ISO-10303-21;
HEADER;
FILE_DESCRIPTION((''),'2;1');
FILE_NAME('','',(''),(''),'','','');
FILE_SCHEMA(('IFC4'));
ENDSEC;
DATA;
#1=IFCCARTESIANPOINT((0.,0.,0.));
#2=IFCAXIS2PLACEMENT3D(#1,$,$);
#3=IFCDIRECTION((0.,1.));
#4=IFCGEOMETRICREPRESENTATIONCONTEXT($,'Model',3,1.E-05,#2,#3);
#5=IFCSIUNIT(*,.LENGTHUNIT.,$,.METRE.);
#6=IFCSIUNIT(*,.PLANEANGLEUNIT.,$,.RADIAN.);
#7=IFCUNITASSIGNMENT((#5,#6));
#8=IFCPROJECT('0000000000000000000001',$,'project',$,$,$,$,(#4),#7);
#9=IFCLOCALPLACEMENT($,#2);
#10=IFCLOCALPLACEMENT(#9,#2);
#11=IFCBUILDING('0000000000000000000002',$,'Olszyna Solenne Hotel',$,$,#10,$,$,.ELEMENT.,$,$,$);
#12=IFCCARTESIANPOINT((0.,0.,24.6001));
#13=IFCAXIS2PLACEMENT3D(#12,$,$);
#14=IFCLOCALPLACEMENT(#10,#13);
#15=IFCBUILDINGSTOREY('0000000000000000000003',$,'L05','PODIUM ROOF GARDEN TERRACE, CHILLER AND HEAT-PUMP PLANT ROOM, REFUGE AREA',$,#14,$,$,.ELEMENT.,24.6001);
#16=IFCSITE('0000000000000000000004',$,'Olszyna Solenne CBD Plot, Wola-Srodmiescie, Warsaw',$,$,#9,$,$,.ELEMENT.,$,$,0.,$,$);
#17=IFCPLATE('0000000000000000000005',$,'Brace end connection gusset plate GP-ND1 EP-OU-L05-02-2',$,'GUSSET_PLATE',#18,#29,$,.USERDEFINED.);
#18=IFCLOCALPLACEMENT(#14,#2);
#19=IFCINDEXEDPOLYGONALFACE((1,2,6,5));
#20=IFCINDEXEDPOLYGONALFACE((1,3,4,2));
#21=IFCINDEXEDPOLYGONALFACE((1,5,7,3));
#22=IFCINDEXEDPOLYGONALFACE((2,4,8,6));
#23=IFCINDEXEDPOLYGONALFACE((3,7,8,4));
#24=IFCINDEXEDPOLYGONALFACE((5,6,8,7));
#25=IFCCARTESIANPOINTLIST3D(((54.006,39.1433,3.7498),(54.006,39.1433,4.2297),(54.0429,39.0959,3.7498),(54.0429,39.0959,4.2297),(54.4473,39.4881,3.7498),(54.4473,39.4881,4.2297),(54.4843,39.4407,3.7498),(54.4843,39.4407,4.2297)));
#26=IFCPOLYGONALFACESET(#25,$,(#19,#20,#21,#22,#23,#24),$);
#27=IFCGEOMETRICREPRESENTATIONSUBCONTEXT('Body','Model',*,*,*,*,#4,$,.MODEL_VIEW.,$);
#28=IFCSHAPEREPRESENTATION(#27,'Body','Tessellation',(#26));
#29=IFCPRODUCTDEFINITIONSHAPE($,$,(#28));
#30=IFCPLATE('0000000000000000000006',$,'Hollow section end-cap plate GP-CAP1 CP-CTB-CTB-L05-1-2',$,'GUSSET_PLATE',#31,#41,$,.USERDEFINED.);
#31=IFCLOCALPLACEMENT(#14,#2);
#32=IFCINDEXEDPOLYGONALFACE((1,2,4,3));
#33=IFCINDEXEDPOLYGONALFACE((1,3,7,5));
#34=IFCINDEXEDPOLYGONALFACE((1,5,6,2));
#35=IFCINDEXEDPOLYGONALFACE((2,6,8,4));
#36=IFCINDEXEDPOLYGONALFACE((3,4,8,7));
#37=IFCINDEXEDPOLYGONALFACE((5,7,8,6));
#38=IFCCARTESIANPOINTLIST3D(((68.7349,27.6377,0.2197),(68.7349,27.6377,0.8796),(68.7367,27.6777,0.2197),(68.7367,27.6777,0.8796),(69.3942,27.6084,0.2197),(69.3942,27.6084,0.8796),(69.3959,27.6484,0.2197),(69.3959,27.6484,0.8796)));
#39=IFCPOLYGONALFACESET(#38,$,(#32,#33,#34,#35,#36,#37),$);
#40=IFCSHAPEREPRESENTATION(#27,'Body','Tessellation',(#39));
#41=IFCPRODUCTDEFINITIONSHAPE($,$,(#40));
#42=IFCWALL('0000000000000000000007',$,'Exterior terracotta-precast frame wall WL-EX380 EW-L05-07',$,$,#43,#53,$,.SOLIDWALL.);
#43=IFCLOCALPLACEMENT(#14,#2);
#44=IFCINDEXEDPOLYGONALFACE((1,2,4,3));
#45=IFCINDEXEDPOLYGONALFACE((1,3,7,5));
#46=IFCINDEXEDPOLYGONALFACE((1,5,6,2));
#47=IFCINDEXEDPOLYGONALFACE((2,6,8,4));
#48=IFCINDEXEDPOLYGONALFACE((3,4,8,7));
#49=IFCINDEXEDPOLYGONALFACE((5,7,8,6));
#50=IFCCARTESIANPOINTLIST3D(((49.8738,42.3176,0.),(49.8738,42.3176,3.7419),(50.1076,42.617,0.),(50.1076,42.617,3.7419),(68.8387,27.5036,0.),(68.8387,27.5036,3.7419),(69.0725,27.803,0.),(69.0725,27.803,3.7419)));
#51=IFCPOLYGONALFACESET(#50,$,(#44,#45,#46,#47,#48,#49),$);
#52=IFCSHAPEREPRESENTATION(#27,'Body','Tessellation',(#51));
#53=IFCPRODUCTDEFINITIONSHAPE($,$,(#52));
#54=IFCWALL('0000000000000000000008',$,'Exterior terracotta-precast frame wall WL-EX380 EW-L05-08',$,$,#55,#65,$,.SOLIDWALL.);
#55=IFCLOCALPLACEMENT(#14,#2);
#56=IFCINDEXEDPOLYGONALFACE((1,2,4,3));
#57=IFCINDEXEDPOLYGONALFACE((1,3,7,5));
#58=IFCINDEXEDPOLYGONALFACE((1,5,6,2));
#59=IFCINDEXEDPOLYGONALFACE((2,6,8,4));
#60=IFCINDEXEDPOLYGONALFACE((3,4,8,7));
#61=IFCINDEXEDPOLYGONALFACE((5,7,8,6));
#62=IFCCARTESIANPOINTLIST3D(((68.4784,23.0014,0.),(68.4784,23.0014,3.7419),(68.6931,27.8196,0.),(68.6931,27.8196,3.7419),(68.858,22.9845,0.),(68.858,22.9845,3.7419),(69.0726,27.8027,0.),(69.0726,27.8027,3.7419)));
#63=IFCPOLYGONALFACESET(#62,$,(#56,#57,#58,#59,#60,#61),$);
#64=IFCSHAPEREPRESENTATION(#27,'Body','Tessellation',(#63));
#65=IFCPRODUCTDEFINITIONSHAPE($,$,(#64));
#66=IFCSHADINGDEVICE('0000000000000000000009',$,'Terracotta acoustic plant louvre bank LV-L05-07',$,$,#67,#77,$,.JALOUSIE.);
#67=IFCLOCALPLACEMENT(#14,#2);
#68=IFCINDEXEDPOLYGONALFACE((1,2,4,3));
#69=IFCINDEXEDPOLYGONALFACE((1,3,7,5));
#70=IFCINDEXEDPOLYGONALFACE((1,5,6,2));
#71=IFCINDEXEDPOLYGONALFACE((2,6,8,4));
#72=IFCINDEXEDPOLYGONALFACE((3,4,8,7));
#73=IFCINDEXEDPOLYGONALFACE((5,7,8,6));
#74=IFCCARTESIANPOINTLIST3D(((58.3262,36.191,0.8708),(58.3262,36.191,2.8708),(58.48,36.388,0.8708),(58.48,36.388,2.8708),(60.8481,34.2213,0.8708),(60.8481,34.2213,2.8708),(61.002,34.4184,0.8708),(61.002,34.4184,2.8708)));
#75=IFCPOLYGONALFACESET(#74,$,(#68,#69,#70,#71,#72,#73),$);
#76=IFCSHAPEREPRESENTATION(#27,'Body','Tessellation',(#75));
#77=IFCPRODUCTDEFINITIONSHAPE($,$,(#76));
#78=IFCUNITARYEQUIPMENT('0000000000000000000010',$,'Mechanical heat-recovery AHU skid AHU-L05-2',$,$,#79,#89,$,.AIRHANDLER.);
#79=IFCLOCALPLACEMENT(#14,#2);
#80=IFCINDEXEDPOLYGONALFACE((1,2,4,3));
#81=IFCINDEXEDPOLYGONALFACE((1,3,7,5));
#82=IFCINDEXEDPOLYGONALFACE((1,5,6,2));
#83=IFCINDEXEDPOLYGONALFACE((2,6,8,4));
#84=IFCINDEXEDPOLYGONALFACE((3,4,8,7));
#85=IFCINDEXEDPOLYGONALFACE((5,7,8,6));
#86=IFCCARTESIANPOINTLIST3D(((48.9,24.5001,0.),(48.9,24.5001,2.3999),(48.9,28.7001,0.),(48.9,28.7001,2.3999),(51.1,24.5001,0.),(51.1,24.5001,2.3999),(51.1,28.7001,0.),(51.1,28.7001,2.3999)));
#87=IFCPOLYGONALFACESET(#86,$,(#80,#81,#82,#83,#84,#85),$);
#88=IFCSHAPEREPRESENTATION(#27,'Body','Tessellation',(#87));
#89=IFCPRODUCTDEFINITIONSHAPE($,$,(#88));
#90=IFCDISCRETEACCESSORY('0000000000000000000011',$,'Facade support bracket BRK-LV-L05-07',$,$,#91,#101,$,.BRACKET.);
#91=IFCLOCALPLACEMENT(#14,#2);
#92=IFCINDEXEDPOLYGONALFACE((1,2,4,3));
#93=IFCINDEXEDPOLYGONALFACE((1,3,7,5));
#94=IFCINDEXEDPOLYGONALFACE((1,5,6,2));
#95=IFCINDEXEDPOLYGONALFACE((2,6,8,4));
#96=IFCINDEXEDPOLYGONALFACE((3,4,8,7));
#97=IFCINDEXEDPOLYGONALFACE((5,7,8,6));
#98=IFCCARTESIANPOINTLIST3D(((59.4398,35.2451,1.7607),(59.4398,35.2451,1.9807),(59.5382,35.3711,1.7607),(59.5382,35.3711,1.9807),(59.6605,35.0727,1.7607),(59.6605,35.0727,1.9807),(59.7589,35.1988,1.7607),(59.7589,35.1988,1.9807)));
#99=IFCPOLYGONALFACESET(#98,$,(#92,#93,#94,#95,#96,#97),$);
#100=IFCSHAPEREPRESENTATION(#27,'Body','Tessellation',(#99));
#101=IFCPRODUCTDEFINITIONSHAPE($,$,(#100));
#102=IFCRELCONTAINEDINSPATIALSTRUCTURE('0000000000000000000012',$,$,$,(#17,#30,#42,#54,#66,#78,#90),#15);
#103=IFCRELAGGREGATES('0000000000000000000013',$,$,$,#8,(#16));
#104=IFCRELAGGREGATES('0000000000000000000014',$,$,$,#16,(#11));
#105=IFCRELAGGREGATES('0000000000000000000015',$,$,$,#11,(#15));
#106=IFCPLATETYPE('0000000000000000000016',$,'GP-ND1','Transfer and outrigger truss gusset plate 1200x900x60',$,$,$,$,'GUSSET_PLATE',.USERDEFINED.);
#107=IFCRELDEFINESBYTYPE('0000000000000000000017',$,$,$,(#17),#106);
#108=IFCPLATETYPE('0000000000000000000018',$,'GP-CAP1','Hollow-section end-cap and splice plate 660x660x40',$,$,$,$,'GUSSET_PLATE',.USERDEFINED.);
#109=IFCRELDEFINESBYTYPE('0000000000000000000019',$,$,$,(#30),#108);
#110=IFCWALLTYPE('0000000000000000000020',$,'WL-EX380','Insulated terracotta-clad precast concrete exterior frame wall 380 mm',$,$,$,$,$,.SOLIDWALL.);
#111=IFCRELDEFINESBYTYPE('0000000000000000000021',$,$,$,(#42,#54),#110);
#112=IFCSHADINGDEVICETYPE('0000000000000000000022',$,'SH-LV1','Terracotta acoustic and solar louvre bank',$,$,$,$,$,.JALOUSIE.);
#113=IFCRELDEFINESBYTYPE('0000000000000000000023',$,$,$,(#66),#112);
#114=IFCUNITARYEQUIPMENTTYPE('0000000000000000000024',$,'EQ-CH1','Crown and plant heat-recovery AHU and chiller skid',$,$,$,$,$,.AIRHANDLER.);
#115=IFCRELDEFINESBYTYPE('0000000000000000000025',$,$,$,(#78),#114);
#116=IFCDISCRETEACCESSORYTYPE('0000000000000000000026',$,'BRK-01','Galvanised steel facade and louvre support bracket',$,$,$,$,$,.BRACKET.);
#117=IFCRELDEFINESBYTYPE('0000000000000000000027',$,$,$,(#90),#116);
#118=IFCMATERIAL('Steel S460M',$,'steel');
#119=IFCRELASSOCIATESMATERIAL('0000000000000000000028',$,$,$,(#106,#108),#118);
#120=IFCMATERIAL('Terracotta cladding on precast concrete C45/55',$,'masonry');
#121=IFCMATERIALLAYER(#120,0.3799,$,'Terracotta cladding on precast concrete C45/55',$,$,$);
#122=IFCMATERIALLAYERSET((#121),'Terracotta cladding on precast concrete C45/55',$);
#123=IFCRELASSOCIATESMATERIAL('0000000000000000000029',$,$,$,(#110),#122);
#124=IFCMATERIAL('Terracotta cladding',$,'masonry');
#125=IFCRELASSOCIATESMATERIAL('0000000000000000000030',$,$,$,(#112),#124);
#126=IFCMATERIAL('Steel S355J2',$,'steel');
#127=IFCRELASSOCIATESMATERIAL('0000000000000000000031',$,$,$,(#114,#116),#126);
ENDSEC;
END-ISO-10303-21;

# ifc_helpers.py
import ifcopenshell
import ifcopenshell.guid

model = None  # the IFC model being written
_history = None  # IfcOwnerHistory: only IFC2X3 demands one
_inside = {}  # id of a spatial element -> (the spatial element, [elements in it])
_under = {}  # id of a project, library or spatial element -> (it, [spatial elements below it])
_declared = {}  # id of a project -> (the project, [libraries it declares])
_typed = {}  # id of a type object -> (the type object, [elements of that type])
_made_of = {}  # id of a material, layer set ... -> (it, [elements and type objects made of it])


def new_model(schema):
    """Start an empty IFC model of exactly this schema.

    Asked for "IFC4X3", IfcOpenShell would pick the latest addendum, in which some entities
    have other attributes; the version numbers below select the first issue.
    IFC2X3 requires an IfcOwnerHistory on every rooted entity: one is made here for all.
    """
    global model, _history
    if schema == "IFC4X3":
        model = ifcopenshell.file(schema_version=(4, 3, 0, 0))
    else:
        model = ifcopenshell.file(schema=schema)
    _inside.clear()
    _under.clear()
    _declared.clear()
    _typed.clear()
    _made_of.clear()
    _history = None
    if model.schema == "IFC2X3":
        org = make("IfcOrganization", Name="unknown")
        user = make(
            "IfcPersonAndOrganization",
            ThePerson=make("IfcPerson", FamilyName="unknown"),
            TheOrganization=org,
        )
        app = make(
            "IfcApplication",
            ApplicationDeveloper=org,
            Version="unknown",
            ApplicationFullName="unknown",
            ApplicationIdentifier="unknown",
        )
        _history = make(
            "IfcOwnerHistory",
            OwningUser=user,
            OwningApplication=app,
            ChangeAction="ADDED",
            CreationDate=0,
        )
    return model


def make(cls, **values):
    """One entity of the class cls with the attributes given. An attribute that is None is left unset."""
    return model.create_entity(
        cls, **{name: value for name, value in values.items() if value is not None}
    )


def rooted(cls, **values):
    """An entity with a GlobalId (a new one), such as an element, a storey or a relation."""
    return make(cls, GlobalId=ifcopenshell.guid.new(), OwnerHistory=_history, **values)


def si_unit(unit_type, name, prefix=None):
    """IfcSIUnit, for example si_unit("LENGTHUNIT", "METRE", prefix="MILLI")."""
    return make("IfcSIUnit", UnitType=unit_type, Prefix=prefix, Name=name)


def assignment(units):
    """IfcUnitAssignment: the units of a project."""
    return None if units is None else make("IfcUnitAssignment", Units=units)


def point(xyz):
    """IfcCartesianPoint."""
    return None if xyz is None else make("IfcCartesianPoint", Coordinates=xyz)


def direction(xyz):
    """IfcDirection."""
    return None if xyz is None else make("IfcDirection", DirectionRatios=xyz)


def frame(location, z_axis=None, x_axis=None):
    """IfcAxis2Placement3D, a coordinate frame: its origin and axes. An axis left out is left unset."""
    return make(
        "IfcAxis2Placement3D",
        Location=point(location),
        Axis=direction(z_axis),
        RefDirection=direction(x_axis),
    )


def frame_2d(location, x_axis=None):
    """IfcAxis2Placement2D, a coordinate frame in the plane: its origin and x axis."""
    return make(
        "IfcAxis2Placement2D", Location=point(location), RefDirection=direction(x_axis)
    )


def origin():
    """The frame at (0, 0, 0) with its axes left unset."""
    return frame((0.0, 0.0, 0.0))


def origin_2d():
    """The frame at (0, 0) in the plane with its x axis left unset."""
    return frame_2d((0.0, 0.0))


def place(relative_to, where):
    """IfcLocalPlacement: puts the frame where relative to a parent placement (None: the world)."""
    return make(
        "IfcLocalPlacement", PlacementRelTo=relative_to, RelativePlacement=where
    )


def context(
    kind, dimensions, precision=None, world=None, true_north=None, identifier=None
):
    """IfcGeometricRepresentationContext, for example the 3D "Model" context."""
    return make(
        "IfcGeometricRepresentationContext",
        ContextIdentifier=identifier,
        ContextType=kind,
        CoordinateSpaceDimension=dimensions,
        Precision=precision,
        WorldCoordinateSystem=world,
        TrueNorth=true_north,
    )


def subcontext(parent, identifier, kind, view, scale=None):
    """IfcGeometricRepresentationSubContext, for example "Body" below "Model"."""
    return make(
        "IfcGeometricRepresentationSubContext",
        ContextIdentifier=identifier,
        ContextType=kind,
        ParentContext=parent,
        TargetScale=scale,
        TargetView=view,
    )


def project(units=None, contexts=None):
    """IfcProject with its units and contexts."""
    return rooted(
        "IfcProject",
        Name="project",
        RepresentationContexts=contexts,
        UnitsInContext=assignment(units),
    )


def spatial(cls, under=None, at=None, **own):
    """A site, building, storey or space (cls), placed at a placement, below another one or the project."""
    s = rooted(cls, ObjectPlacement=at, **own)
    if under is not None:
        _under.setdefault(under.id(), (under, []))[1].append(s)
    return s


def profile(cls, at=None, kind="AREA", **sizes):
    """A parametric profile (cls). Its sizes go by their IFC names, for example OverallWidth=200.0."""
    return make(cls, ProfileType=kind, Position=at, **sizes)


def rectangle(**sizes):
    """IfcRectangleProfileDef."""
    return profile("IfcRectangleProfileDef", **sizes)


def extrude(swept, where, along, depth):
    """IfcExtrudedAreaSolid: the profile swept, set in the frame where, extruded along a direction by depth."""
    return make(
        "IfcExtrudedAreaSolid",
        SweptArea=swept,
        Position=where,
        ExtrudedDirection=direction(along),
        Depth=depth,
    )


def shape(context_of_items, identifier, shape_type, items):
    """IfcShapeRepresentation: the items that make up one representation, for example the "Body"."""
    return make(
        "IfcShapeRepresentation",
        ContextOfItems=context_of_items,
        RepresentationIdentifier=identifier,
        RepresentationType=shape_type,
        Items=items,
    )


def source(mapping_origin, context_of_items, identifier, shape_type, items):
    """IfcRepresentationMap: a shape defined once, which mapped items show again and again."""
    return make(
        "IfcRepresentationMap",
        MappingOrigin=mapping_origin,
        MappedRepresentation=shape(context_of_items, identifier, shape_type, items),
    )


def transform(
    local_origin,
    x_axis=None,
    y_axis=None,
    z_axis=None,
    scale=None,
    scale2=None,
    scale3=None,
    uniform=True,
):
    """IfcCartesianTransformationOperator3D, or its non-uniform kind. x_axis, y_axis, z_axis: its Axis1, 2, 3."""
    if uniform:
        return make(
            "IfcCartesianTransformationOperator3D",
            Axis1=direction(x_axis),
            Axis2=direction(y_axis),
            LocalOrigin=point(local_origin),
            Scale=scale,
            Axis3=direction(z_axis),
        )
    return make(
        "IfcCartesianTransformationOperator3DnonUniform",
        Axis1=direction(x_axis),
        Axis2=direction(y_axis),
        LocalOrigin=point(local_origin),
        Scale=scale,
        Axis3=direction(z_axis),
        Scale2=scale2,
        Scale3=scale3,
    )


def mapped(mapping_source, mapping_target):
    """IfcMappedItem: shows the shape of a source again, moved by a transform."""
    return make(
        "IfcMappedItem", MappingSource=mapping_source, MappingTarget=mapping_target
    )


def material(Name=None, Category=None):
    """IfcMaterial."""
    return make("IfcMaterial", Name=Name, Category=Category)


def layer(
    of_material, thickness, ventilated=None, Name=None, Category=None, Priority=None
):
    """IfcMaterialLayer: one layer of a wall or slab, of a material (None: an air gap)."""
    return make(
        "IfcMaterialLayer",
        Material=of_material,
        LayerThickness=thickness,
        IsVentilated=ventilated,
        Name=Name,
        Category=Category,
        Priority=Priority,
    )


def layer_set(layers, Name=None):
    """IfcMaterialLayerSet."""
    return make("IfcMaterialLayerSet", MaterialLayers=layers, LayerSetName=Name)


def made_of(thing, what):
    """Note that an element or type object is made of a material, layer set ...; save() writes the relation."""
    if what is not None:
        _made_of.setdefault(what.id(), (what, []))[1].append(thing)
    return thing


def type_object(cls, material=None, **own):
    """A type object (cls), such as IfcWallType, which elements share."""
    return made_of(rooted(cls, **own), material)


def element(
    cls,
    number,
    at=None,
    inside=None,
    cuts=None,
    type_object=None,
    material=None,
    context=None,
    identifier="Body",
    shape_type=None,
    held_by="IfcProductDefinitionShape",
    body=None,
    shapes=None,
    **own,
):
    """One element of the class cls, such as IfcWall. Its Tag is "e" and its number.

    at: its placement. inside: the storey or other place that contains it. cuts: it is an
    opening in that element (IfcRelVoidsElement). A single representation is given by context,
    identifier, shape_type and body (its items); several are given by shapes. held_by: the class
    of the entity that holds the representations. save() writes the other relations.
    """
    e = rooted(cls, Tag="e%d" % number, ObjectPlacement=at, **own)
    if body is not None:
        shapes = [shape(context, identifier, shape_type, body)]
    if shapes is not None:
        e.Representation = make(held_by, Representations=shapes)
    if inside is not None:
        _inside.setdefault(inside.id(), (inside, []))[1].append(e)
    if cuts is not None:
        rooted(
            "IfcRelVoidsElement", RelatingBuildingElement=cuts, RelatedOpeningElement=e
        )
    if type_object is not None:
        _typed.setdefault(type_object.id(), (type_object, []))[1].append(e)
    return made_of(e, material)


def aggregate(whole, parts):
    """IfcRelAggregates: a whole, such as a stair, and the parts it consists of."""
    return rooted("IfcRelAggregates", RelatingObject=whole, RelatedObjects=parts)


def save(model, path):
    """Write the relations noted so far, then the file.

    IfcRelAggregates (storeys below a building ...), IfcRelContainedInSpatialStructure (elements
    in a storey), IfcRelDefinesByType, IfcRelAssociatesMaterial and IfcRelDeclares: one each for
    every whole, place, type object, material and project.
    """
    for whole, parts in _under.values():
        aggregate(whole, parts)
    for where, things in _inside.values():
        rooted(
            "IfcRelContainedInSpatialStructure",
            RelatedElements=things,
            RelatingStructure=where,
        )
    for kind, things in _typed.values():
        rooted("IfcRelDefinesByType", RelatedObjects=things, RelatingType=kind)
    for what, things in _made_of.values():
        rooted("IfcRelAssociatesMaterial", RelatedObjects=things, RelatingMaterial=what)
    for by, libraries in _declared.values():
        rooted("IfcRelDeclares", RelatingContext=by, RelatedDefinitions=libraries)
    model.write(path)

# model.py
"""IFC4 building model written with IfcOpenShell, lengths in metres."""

from ifc_helpers import new_model, si_unit, direction, frame, frame_2d, origin, origin_2d, place, context, subcontext, project, spatial, rectangle, extrude, source, transform, mapped, material, layer, layer_set, type_object, element, save


model = new_model("IFC4")

# Units and contexts
model_context = context("Model", 3, precision=1e-05, world=origin(), true_north=direction((0.0, 1.0)))
body_context = subcontext(model_context, "Body", "Model", "MODEL_VIEW")
ifc_project = project(units=[si_unit("LENGTHUNIT", "METRE"), si_unit("PLANEANGLEUNIT", "RADIAN")], contexts=[model_context])

# Site, building, storey
site_placement = place(None, origin())
site = spatial("IfcSite", under=ifc_project, at=site_placement, Name="Olszyna Solenne CBD Plot, Wola-Srodmiescie, Warsaw", CompositionType="ELEMENT", RefElevation=0.0)
building_placement = place(site_placement, origin())
building = spatial("IfcBuilding", under=site, at=building_placement, Name="Olszyna Solenne Hotel", CompositionType="ELEMENT")
storey_placement = place(building_placement, frame((0.0, 0.0, 24.6001)))
storey = spatial("IfcBuildingStorey", under=building, at=storey_placement, Name="L05", Description="PODIUM ROOF GARDEN TERRACE, CHILLER AND HEAT-PUMP PLANT ROOM, REFUGE AREA", CompositionType="ELEMENT", Elevation=24.6001)

# Shared definitions
ifc_material_1 = material(Name="Steel S355J2", Category="steel")
ifc_material_2 = material(Name="Steel S460M", Category="steel")

# Plates
plate_type_1 = type_object("IfcPlateType", Name="GP-ND1", Description="Transfer and outrigger truss gusset plate 1200x900x60", ElementType="GUSSET_PLATE", PredefinedType="USERDEFINED", material=ifc_material_2)
shared_shape_1 = source(origin(), body_context, "Body", "SweptSolid", [
    extrude(rectangle(XDim=0.5601, YDim=0.0601, at=origin_2d()), origin(), (0.0, 0.0, 1.0), 0.48),
])
plate_1_placement = place(storey_placement, frame((54.2451, 39.292, 3.7498), z_axis=(0.0, 0.0, 1.0), x_axis=(0.788011, 0.615661, 0.0)))
element("IfcPlate", 1, at=plate_1_placement, inside=storey, type_object=plate_type_1, Name="Brace end connection gusset plate GP-ND1 EP-OU-L05-02-2", ObjectType="GUSSET_PLATE", PredefinedType="USERDEFINED", context=body_context, shape_type="MappedRepresentation", body=[
    mapped(shared_shape_1, transform((0.0, 0.0, 0.0), x_axis=(1.0, 0.0, 0.0), y_axis=(0.0, 1.0, 0.0), z_axis=(0.0, 0.0, 1.0), scale=1.0)),
])
plate_type_2 = type_object("IfcPlateType", Name="GP-CAP1", Description="Hollow-section end-cap and splice plate 660x660x40", ElementType="GUSSET_PLATE", PredefinedType="USERDEFINED", material=ifc_material_2)
shared_shape_2 = source(origin(), body_context, "Body", "SweptSolid", [
    extrude(rectangle(XDim=0.04, YDim=0.6599, at=origin_2d()), origin(), (0.0, 0.0, 1.0), 0.6599),
])
plate_2_placement = place(storey_placement, frame((69.0654, 27.6431, 0.2197), z_axis=(0.0, 0.0, 1.0), x_axis=(0.044491, 0.99901, 0.0)))
element("IfcPlate", 2, at=plate_2_placement, inside=storey, type_object=plate_type_2, Name="Hollow section end-cap plate GP-CAP1 CP-CTB-CTB-L05-1-2", ObjectType="GUSSET_PLATE", PredefinedType="USERDEFINED", context=body_context, shape_type="MappedRepresentation", body=[
    mapped(shared_shape_2, transform((0.0, 0.0, 0.0), x_axis=(1.0, 0.0, 0.0), y_axis=(0.0, 1.0, 0.0), z_axis=(0.0, 0.0, 1.0), scale=1.0)),
])

# Walls
ifc_material_3 = material(Name="Terracotta cladding on precast concrete C45/55", Category="masonry")
ifc_layer = layer(ifc_material_3, 0.3799, Name="Terracotta cladding on precast concrete C45/55")
ifc_layer_set = layer_set([ifc_layer], Name="Terracotta cladding on precast concrete C45/55")
wall_type = type_object("IfcWallType", Name="WL-EX380", Description="Insulated terracotta-clad precast concrete exterior frame wall 380 mm", PredefinedType="SOLIDWALL", material=ifc_layer_set)
wall_1_placement = place(storey_placement, frame((49.9907, 42.4673, 0.0), z_axis=(0.0, 0.0, 1.0), x_axis=(0.788071, -0.615584, 0.0)))
element("IfcWall", 3, at=wall_1_placement, inside=storey, type_object=wall_type, Name="Exterior terracotta-precast frame wall WL-EX380 EW-L05-07", PredefinedType="SOLIDWALL", context=body_context, shape_type="SweptSolid", body=[
    extrude(rectangle(XDim=24.0649, YDim=0.3799, at=frame_2d((12.0325, 0.0))), origin(), (0.0, 0.0, 1.0), 3.7419),
])
wall_2_placement = place(storey_placement, frame((68.8828, 27.8113, 0.0), z_axis=(0.0, 0.0, 1.0), x_axis=(-0.044496, -0.99901, 0.0)))
element("IfcWall", 4, at=wall_2_placement, inside=storey, type_object=wall_type, Name="Exterior terracotta-precast frame wall WL-EX380 EW-L05-08", PredefinedType="SOLIDWALL", context=body_context, shape_type="SweptSolid", body=[
    extrude(rectangle(XDim=4.823, YDim=0.3799, at=frame_2d((2.4116, 0.0))), origin(), (0.0, 0.0, 1.0), 3.7419),
])

# Shading device
ifc_material_4 = material(Name="Terracotta cladding", Category="masonry")
shading_device_type = type_object("IfcShadingDeviceType", Name="SH-LV1", Description="Terracotta acoustic and solar louvre bank", PredefinedType="JALOUSIE", material=ifc_material_4)
shared_shape_3 = source(origin(), body_context, "Body", "SweptSolid", [
    extrude(rectangle(XDim=3.2, YDim=0.25, at=origin_2d()), origin(), (0.0, 0.0, 1.0), 2.0),
])
shading_device_placement = place(storey_placement, frame((59.6641, 35.3047, 0.8708), z_axis=(0.0, 0.0, 1.0), x_axis=(0.788118, -0.615524, 0.0)))
element("IfcShadingDevice", 5, at=shading_device_placement, inside=storey, type_object=shading_device_type, Name="Terracotta acoustic plant louvre bank LV-L05-07", PredefinedType="JALOUSIE", context=body_context, shape_type="MappedRepresentation", body=[
    mapped(shared_shape_3, transform((0.0, 0.0, 0.0), x_axis=(1.0, 0.0, 0.0), y_axis=(0.0, 1.0, 0.0), z_axis=(0.0, 0.0, 1.0), scale=1.0)),
])

# Unitary equipment
unitary_equipment_type = type_object("IfcUnitaryEquipmentType", Name="EQ-CH1", Description="Crown and plant heat-recovery AHU and chiller skid", PredefinedType="AIRHANDLER", material=ifc_material_1)
shared_shape_4 = source(origin(), body_context, "Body", "SweptSolid", [
    extrude(rectangle(XDim=4.2, YDim=2.2, at=origin_2d()), origin(), (0.0, 0.0, 1.0), 2.3999),
])
unitary_equipment_placement = place(storey_placement, frame((50.0, 26.6001, 0.0), z_axis=(0.0, 0.0, 1.0), x_axis=(0.0, 1.0, 0.0)))
element("IfcUnitaryEquipment", 6, at=unitary_equipment_placement, inside=storey, type_object=unitary_equipment_type, Name="Mechanical heat-recovery AHU skid AHU-L05-2", PredefinedType="AIRHANDLER", context=body_context, shape_type="MappedRepresentation", body=[
    mapped(shared_shape_4, transform((0.0, 0.0, 0.0), x_axis=(1.0, 0.0, 0.0), y_axis=(0.0, 1.0, 0.0), z_axis=(0.0, 0.0, 1.0), scale=1.0)),
])

# Discrete accessory
discrete_accessory_type = type_object("IfcDiscreteAccessoryType", Name="BRK-01", Description="Galvanised steel facade and louvre support bracket", PredefinedType="BRACKET", material=ifc_material_1)
shared_shape_5 = source(origin(), body_context, "Body", "SweptSolid", [
    extrude(rectangle(XDim=0.28, YDim=0.1599, at=origin_2d()), origin(), (0.0, 0.0, 1.0), 0.22),
])
discrete_accessory_placement = place(storey_placement, frame((59.5994, 35.2219, 1.7607), z_axis=(0.0, 0.0, 1.0), x_axis=(0.788118, -0.615524, 0.0)))
element("IfcDiscreteAccessory", 7, at=discrete_accessory_placement, inside=storey, type_object=discrete_accessory_type, Name="Facade support bracket BRK-LV-L05-07", PredefinedType="BRACKET", context=body_context, shape_type="MappedRepresentation", body=[
    mapped(shared_shape_5, transform((0.0, 0.0, 0.0), x_axis=(1.0, 0.0, 0.0), y_axis=(0.0, 1.0, 0.0), z_axis=(0.0, 0.0, 1.0), scale=1.0)),
])

save(model, "model.ifc")
